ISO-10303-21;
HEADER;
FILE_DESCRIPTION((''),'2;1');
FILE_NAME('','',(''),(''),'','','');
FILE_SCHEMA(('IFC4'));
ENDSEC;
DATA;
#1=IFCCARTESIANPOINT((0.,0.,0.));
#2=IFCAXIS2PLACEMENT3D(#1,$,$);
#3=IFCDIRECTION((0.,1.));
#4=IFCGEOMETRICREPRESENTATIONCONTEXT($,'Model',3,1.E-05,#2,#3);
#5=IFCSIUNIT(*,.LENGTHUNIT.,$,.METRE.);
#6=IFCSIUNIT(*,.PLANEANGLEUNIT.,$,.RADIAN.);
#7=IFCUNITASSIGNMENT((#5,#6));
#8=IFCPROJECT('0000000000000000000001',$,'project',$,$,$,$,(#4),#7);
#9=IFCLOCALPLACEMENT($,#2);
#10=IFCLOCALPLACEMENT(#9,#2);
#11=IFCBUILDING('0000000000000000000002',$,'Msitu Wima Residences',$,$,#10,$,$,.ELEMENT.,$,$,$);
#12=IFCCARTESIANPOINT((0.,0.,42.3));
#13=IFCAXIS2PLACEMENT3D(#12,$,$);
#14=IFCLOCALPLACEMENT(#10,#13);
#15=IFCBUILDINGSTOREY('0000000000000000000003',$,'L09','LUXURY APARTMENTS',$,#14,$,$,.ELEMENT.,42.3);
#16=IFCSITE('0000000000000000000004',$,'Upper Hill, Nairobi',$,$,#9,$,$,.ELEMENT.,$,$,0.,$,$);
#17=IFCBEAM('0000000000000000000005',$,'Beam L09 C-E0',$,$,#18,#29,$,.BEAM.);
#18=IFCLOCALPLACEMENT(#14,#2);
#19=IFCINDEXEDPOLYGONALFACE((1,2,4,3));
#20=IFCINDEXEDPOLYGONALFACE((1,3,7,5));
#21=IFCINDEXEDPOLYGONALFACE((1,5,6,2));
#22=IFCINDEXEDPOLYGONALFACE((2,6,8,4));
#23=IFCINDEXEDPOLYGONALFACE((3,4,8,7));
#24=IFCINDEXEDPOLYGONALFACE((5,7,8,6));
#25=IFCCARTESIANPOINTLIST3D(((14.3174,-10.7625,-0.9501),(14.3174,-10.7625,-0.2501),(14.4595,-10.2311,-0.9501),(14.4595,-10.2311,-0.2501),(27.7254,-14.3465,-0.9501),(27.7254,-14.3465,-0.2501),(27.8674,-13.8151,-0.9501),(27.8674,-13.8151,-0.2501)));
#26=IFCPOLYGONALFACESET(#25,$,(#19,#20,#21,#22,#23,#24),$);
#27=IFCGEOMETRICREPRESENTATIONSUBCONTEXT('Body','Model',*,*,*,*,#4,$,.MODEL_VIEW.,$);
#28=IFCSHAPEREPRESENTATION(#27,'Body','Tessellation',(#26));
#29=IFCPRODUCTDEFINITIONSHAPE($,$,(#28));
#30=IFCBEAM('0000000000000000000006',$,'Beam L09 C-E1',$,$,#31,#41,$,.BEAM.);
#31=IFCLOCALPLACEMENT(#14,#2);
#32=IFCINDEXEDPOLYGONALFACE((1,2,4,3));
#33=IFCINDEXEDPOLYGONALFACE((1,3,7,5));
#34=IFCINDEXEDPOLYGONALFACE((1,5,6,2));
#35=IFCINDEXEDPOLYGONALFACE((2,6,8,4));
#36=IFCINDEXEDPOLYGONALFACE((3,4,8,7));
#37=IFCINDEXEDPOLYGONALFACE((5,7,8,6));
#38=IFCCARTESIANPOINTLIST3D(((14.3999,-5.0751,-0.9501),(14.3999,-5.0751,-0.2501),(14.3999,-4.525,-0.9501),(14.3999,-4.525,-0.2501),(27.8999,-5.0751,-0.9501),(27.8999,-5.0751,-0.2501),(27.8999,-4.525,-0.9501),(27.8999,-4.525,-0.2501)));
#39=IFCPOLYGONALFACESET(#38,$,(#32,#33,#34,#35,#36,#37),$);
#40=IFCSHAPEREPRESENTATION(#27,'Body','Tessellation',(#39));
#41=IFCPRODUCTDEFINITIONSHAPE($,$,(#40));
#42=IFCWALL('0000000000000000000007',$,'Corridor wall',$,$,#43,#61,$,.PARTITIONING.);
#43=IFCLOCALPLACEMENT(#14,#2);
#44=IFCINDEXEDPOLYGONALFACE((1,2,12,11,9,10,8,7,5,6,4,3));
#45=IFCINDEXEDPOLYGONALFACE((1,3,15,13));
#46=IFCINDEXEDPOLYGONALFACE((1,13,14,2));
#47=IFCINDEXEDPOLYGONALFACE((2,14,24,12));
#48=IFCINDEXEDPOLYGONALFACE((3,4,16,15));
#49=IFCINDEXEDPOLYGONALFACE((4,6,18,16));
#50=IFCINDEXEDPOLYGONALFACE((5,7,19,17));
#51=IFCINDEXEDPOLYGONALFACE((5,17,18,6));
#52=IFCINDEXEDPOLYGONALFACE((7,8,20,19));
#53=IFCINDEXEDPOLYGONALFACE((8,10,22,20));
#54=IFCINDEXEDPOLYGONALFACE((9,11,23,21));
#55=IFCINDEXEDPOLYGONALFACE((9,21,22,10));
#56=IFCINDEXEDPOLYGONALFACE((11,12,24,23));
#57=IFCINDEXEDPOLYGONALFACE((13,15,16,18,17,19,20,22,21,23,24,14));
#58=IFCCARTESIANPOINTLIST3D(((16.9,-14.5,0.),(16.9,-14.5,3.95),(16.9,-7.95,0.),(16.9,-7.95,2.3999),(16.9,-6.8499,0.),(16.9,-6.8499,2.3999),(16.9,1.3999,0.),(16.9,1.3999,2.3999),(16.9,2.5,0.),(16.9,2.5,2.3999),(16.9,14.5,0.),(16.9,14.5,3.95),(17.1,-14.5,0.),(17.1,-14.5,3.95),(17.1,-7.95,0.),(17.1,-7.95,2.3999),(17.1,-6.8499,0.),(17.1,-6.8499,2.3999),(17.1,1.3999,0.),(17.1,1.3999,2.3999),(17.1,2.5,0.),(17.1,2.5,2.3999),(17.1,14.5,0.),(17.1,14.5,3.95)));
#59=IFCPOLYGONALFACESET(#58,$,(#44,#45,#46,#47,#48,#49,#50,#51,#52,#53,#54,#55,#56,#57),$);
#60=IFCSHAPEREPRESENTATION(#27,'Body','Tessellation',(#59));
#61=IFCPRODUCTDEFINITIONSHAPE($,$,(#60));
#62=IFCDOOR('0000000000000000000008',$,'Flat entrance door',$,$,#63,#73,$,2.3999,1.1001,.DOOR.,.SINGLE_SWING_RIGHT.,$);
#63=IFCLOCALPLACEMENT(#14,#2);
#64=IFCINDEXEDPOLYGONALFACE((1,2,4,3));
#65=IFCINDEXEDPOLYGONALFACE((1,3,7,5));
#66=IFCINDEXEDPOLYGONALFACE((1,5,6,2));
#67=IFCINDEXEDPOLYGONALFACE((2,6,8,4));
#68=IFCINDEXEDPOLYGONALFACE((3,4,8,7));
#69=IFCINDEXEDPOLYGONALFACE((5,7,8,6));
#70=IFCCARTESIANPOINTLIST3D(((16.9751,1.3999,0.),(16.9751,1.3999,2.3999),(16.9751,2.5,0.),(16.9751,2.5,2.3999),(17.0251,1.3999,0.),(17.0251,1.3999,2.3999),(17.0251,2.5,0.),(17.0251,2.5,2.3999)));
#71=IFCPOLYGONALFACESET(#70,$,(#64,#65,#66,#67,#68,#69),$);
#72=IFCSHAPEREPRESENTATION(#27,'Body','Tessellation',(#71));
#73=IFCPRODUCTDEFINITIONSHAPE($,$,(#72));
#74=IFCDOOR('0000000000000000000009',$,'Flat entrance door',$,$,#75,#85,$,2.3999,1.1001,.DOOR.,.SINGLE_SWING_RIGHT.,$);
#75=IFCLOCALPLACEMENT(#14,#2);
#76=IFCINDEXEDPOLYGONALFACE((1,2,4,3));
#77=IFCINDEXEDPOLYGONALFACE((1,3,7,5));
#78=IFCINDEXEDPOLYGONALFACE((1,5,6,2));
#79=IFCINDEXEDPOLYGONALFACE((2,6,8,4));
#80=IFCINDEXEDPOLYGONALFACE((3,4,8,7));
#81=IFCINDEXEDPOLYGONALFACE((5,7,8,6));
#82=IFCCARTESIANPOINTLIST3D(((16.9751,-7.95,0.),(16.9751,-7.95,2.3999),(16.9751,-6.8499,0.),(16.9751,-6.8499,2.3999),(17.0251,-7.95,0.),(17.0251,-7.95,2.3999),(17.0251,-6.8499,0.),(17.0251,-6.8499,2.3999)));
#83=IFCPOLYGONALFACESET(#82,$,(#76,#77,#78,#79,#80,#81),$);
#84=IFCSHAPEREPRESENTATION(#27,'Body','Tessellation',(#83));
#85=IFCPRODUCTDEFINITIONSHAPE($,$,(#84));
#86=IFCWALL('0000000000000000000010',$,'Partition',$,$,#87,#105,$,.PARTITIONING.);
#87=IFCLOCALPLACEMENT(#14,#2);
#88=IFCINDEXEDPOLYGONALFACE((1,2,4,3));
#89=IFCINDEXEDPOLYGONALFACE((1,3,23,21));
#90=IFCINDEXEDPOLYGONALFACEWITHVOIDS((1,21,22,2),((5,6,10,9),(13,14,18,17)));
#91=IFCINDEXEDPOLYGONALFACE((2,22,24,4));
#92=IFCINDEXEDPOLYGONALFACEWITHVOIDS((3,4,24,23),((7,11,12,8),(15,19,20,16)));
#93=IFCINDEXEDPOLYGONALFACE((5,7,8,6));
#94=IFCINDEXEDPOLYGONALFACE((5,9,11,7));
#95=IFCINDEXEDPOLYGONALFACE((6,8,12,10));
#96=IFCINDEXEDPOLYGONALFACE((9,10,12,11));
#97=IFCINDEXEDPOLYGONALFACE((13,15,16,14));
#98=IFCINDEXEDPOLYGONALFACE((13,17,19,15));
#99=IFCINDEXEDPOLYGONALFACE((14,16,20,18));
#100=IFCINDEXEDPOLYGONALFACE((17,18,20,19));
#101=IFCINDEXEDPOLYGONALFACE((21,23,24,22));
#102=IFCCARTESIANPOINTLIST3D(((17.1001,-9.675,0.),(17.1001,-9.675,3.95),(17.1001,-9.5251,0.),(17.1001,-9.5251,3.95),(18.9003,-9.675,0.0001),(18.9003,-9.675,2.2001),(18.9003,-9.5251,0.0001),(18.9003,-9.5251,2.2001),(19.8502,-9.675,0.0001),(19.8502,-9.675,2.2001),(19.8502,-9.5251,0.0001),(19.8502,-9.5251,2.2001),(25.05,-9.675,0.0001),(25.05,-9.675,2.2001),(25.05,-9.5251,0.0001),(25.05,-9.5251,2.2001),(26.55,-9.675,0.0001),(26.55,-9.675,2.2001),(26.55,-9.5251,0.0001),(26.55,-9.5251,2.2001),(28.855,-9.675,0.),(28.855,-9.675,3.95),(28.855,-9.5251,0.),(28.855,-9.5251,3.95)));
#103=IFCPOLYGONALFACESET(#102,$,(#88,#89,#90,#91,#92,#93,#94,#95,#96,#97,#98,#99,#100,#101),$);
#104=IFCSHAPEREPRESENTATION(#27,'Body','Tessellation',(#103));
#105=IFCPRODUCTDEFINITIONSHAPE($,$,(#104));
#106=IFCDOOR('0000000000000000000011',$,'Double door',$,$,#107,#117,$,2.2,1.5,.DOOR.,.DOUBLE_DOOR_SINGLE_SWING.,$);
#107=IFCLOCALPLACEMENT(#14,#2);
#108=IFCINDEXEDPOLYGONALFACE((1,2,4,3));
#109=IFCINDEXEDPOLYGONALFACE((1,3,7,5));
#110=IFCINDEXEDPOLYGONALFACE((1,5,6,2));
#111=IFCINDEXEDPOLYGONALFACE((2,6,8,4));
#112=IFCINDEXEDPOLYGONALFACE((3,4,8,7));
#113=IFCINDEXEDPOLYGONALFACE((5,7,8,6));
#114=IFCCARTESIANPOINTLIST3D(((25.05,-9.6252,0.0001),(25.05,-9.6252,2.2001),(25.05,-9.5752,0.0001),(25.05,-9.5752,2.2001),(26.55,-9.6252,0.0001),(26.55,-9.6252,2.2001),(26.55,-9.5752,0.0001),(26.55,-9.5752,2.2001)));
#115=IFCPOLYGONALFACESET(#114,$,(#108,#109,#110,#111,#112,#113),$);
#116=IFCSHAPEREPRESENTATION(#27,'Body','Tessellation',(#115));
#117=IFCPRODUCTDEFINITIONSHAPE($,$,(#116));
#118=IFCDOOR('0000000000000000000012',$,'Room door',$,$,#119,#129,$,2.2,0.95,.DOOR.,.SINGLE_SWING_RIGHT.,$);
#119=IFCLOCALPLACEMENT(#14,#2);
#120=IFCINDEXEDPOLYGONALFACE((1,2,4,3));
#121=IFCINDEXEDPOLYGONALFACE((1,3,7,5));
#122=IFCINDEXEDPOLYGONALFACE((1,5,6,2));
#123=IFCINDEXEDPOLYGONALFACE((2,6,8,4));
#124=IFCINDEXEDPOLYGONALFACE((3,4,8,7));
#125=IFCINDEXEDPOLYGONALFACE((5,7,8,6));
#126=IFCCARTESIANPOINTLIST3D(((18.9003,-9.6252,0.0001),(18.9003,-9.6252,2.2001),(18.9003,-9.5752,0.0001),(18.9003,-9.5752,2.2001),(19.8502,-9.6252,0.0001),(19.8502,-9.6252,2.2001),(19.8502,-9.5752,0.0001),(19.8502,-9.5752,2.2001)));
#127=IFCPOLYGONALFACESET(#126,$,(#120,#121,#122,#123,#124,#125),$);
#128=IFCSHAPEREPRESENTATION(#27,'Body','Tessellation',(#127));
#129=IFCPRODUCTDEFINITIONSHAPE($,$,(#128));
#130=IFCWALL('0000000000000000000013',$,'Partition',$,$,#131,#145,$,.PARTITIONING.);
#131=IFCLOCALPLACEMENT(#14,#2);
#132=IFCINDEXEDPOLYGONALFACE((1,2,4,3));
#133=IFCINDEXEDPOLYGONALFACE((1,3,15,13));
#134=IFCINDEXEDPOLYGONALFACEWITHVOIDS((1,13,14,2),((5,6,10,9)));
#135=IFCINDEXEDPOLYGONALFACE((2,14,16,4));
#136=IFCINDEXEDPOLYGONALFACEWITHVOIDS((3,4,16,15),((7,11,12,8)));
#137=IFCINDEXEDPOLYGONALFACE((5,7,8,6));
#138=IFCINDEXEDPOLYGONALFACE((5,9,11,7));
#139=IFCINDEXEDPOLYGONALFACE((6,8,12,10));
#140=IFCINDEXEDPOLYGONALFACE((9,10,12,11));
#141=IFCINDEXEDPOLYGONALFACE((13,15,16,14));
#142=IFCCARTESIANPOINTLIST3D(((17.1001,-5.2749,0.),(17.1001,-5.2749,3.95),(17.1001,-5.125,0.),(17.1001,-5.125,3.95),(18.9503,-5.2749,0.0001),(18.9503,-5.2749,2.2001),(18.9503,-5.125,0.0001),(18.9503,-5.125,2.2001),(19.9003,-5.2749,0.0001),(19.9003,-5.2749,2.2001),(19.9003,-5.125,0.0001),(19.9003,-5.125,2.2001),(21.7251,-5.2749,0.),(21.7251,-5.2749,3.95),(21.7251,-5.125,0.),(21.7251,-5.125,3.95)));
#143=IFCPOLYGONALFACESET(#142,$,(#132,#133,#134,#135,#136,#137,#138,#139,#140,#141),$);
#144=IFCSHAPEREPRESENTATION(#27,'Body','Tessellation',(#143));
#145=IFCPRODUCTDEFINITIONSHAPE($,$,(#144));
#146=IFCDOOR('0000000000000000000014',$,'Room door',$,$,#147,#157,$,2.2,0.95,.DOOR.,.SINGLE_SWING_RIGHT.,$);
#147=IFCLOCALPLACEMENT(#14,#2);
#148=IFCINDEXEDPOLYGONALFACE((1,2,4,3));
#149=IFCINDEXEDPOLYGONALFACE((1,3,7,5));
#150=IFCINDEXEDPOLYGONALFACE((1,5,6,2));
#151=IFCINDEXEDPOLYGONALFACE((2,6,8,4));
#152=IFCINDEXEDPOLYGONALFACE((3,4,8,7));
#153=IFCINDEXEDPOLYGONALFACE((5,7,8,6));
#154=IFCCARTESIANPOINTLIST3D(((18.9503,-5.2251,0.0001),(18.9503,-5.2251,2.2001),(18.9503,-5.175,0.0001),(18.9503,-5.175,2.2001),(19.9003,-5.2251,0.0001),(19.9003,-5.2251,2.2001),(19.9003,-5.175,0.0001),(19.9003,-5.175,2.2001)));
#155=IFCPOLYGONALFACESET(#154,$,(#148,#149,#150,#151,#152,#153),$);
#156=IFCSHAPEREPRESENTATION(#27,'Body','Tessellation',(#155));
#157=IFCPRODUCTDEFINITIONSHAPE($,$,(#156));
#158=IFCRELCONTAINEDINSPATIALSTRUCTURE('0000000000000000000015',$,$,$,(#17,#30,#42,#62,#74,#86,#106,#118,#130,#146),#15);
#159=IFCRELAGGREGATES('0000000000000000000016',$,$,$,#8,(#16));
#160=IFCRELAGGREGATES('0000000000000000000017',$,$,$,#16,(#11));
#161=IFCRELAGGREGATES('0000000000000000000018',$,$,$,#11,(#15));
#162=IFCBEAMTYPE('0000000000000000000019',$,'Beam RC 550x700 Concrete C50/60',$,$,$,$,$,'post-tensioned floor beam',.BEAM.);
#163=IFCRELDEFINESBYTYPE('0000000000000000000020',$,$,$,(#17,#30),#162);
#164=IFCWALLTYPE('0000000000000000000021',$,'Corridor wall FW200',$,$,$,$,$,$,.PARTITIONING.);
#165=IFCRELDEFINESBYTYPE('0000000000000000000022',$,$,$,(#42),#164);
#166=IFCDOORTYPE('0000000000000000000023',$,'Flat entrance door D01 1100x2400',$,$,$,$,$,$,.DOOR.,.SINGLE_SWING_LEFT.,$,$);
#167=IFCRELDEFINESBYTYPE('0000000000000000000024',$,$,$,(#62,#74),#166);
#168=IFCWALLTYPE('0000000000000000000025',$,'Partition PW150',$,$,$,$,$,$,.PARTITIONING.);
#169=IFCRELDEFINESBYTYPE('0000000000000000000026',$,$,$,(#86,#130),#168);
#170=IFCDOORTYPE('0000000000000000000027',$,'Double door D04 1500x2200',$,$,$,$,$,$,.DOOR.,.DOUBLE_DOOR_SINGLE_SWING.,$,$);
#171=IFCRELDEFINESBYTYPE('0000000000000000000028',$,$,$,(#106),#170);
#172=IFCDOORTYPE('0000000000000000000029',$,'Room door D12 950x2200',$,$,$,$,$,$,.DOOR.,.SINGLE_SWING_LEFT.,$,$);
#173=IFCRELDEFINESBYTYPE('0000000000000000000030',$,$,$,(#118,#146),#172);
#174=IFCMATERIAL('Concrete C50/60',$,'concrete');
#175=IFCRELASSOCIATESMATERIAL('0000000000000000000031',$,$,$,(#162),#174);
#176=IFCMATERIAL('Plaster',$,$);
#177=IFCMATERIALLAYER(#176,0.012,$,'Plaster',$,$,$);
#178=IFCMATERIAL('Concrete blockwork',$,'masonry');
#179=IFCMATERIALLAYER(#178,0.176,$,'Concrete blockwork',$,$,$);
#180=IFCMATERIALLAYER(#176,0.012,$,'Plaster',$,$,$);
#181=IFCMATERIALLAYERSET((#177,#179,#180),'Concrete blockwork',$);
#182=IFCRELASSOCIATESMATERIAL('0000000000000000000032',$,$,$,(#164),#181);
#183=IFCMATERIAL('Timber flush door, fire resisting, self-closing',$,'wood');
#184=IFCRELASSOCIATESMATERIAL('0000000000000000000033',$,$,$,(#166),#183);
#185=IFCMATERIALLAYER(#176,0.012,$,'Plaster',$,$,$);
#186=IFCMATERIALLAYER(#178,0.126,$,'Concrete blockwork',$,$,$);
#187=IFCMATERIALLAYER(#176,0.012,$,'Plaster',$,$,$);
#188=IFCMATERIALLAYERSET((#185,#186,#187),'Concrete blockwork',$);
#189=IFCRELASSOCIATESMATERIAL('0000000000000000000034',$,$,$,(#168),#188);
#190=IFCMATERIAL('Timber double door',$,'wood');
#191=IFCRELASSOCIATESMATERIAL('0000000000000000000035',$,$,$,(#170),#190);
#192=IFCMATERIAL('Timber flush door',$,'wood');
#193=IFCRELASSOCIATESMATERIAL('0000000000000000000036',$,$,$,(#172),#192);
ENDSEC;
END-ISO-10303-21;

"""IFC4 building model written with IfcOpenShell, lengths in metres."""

from ifc_helpers import new_model, si_unit, direction, frame, frame_2d, origin, origin_2d, place, context, subcontext, project, spatial, rectangle, extrude, material, layer, layer_set, material_profile, profile_set, type_object, element, fill, save


model = new_model("IFC4")

# Units and contexts
model_context = context("Model", 3, precision=1e-05, world=origin(), true_north=direction((0.0, 1.0)))
body_context = subcontext(model_context, "Body", "Model", "MODEL_VIEW")
ifc_project = project(units=[si_unit("LENGTHUNIT", "METRE"), si_unit("PLANEANGLEUNIT", "RADIAN")], contexts=[model_context])

# Site, building, storey
site_placement = place(None, origin())
site = spatial("IfcSite", under=ifc_project, at=site_placement, Name="Upper Hill, Nairobi", CompositionType="ELEMENT", RefElevation=0.0)
building_placement = place(site_placement, origin())
building = spatial("IfcBuilding", under=site, at=building_placement, Name="Msitu Wima Residences", CompositionType="ELEMENT")
storey_placement = place(building_placement, frame((0.0, 0.0, 42.3)))
storey = spatial("IfcBuildingStorey", under=building, at=storey_placement, Name="L09", Description="LUXURY APARTMENTS", CompositionType="ELEMENT", Elevation=42.3)

# Beams
ifc_material_1 = material(Name="Concrete C50/60", Category="concrete")
ifc_material_profile = material_profile(ifc_material_1, rectangle(XDim=0.55, YDim=0.7, at=origin_2d()), Name="RC 550x700")
ifc_profile_set = profile_set([ifc_material_profile], Name="Concrete C50/60")
beam_type = type_object("IfcBeamType", Name="Beam RC 550x700 Concrete C50/60", ElementType="post-tensioned floor beam", PredefinedType="BEAM", material=ifc_profile_set)
beam_1_placement = place(storey_placement, frame((27.7964, -14.0808, -0.6001), z_axis=(-0.966082, 0.258236, 0.0), x_axis=(-0.258236, -0.966082, 0.0)))
element("IfcBeam", 1, at=beam_1_placement, inside=storey, type_object=beam_type, Name="Beam L09 C-E0", PredefinedType="BEAM", context=body_context, shape_type="SweptSolid", body=[
    extrude(rectangle(XDim=0.55, YDim=0.7, at=origin_2d()), origin(), (0.0, 0.0, 1.0), 13.8787),
])
beam_2_placement = place(storey_placement, frame((27.8999, -4.8, -0.6001), z_axis=(-1.0, 0.0, 0.0), x_axis=(0.0, -1.0, 0.0)))
element("IfcBeam", 2, at=beam_2_placement, inside=storey, type_object=beam_type, Name="Beam L09 C-E1", PredefinedType="BEAM", context=body_context, shape_type="SweptSolid", body=[
    extrude(rectangle(XDim=0.55, YDim=0.7, at=origin_2d()), origin(), (0.0, 0.0, 1.0), 13.5),
])

# Walls, openings, doors
ifc_material_2 = material(Name="Plaster")
ifc_layer_1 = layer(ifc_material_2, 0.012, Name="Plaster")
ifc_material_3 = material(Name="Concrete blockwork", Category="masonry")
ifc_layer_2 = layer(ifc_material_3, 0.176, Name="Concrete blockwork")
ifc_layer_3 = layer(ifc_material_2, 0.012, Name="Plaster")
ifc_layer_set_1 = layer_set([ifc_layer_1, ifc_layer_2, ifc_layer_3], Name="Concrete blockwork")
wall_type_1 = type_object("IfcWallType", Name="Corridor wall FW200", PredefinedType="PARTITIONING", material=ifc_layer_set_1)
wall_1_placement = place(storey_placement, frame((17.0, -14.5, 0.0), z_axis=(0.0, 0.0, 1.0), x_axis=(0.0, 1.0, 0.0)))
wall_1 = element("IfcWall", 3, at=wall_1_placement, inside=storey, type_object=wall_type_1, Name="Corridor wall", PredefinedType="PARTITIONING", context=body_context, shape_type="SweptSolid", body=[
    extrude(rectangle(XDim=29.0, YDim=0.2, at=frame_2d((14.5, 0.0))), origin(), (0.0, 0.0, 1.0), 3.95),
])
opening_1_placement = place(wall_1_placement, frame((15.8999, 0.0, 0.0)))
opening_1 = element("IfcOpeningElement", 4, at=opening_1_placement, cuts=wall_1, PredefinedType="OPENING", context=body_context, shape_type="SweptSolid", body=[
    extrude(rectangle(XDim=1.1001, YDim=2.3999, at=frame_2d((0.55, 1.2))), frame((0.0, 0.1099, 0.0), z_axis=(0.0, -1.0, 0.0), x_axis=(1.0, 0.0, 0.0)), (0.0, 0.0, 1.0), 0.22),
])
opening_2_placement = place(wall_1_placement, frame((6.55, 0.0, 0.0)))
opening_2 = element("IfcOpeningElement", 5, at=opening_2_placement, cuts=wall_1, PredefinedType="OPENING", context=body_context, shape_type="SweptSolid", body=[
    extrude(rectangle(XDim=1.1001, YDim=2.3999, at=frame_2d((0.55, 1.2))), frame((0.0, 0.1099, 0.0), z_axis=(0.0, -1.0, 0.0), x_axis=(1.0, 0.0, 0.0)), (0.0, 0.0, 1.0), 0.22),
])
ifc_material_4 = material(Name="Timber flush door, fire resisting, self-closing", Category="wood")
door_type_1 = type_object("IfcDoorType", Name="Flat entrance door D01 1100x2400", OperationType="SINGLE_SWING_LEFT", PredefinedType="DOOR", material=ifc_material_4)
door_1_placement = place(opening_1_placement, origin())
door_1 = element("IfcDoor", 6, at=door_1_placement, inside=storey, type_object=door_type_1, Name="Flat entrance door", OperationType="SINGLE_SWING_RIGHT", OverallHeight=2.3999, OverallWidth=1.1001, PredefinedType="DOOR", context=body_context, shape_type="SweptSolid", body=[
    extrude(rectangle(XDim=1.1001, YDim=2.3999, at=frame_2d((0.55, 1.2))), frame((0.0, 0.0249, 0.0), z_axis=(0.0, -1.0, 0.0), x_axis=(1.0, 0.0, 0.0)), (0.0, 0.0, 1.0), 0.05),
])
fill(opening_1, door_1)
door_2_placement = place(opening_2_placement, origin())
door_2 = element("IfcDoor", 7, at=door_2_placement, inside=storey, type_object=door_type_1, Name="Flat entrance door", OperationType="SINGLE_SWING_RIGHT", OverallHeight=2.3999, OverallWidth=1.1001, PredefinedType="DOOR", context=body_context, shape_type="SweptSolid", body=[
    extrude(rectangle(XDim=1.1001, YDim=2.3999, at=frame_2d((0.55, 1.2))), frame((0.0, 0.0249, 0.0), z_axis=(0.0, -1.0, 0.0), x_axis=(1.0, 0.0, 0.0)), (0.0, 0.0, 1.0), 0.05),
])
fill(opening_2, door_2)
ifc_layer_4 = layer(ifc_material_2, 0.012, Name="Plaster")
ifc_layer_5 = layer(ifc_material_3, 0.126, Name="Concrete blockwork")
ifc_layer_6 = layer(ifc_material_2, 0.012, Name="Plaster")
ifc_layer_set_2 = layer_set([ifc_layer_4, ifc_layer_5, ifc_layer_6], Name="Concrete blockwork")
wall_type_2 = type_object("IfcWallType", Name="Partition PW150", PredefinedType="PARTITIONING", material=ifc_layer_set_2)
wall_2_placement = place(storey_placement, frame((17.1001, -9.6001, 0.0), z_axis=(0.0, 0.0, 1.0), x_axis=(1.0, 0.0, 0.0)))
wall_2 = element("IfcWall", 8, at=wall_2_placement, inside=storey, type_object=wall_type_2, Name="Partition", PredefinedType="PARTITIONING", context=body_context, shape_type="SweptSolid", body=[
    extrude(rectangle(XDim=11.7549, YDim=0.1499, at=frame_2d((5.8774, 0.0))), origin(), (0.0, 0.0, 1.0), 3.95),
])
opening_3_placement = place(wall_2_placement, frame((1.8, 0.0, 0.0)))
opening_3 = element("IfcOpeningElement", 9, at=opening_3_placement, cuts=wall_2, PredefinedType="OPENING", context=body_context, shape_type="SweptSolid", body=[
    extrude(rectangle(XDim=0.95, YDim=2.2, at=frame_2d((0.4751, 1.1001))), frame((0.0, 0.085, 0.0), z_axis=(0.0, -1.0, 0.0), x_axis=(1.0, 0.0, 0.0)), (0.0, 0.0, 1.0), 0.1699),
])
opening_4_placement = place(wall_2_placement, frame((7.95, 0.0, 0.0)))
opening_4 = element("IfcOpeningElement", 10, at=opening_4_placement, cuts=wall_2, PredefinedType="OPENING", context=body_context, shape_type="SweptSolid", body=[
    extrude(rectangle(XDim=1.5, YDim=2.2, at=frame_2d((0.75, 1.1001))), frame((0.0, 0.085, 0.0), z_axis=(0.0, -1.0, 0.0), x_axis=(1.0, 0.0, 0.0)), (0.0, 0.0, 1.0), 0.1699),
])
ifc_material_5 = material(Name="Timber double door", Category="wood")
door_type_2 = type_object("IfcDoorType", Name="Double door D04 1500x2200", OperationType="DOUBLE_DOOR_SINGLE_SWING", PredefinedType="DOOR", material=ifc_material_5)
door_3_placement = place(opening_4_placement, origin())
door_3 = element("IfcDoor", 11, at=door_3_placement, inside=storey, type_object=door_type_2, Name="Double door", OperationType="DOUBLE_DOOR_SINGLE_SWING", OverallHeight=2.2, OverallWidth=1.5, PredefinedType="DOOR", context=body_context, shape_type="SweptSolid", body=[
    extrude(rectangle(XDim=1.5, YDim=2.2, at=frame_2d((0.75, 1.1001))), frame((0.0, 0.0249, 0.0), z_axis=(0.0, -1.0, 0.0), x_axis=(1.0, 0.0, 0.0)), (0.0, 0.0, 1.0), 0.05),
])
fill(opening_4, door_3)
ifc_material_6 = material(Name="Timber flush door", Category="wood")
door_type_3 = type_object("IfcDoorType", Name="Room door D12 950x2200", OperationType="SINGLE_SWING_LEFT", PredefinedType="DOOR", material=ifc_material_6)
door_4_placement = place(opening_3_placement, origin())
door_4 = element("IfcDoor", 12, at=door_4_placement, inside=storey, type_object=door_type_3, Name="Room door", OperationType="SINGLE_SWING_RIGHT", OverallHeight=2.2, OverallWidth=0.95, PredefinedType="DOOR", context=body_context, shape_type="SweptSolid", body=[
    extrude(rectangle(XDim=0.95, YDim=2.2, at=frame_2d((0.4751, 1.1001))), frame((0.0, 0.0249, 0.0), z_axis=(0.0, -1.0, 0.0), x_axis=(1.0, 0.0, 0.0)), (0.0, 0.0, 1.0), 0.05),
])
fill(opening_3, door_4)

# Wall, opening, door
wall_3_placement = place(storey_placement, frame((17.1001, -5.2, 0.0), z_axis=(0.0, 0.0, 1.0), x_axis=(1.0, 0.0, 0.0)))
wall_3 = element("IfcWall", 13, at=wall_3_placement, inside=storey, type_object=wall_type_2, Name="Partition", PredefinedType="PARTITIONING", context=body_context, shape_type="SweptSolid", body=[
    extrude(rectangle(XDim=4.625, YDim=0.1499, at=frame_2d((2.3125, 0.0))), origin(), (0.0, 0.0, 1.0), 3.95),
])
opening_5_placement = place(wall_3_placement, frame((1.8501, 0.0, 0.0)))
opening_5 = element("IfcOpeningElement", 14, at=opening_5_placement, cuts=wall_3, PredefinedType="OPENING", context=body_context, shape_type="SweptSolid", body=[
    extrude(rectangle(XDim=0.95, YDim=2.2, at=frame_2d((0.4751, 1.1001))), frame((0.0, 0.085, 0.0), z_axis=(0.0, -1.0, 0.0), x_axis=(1.0, 0.0, 0.0)), (0.0, 0.0, 1.0), 0.1699),
])
door_5_placement = place(opening_5_placement, origin())
door_5 = element("IfcDoor", 15, at=door_5_placement, inside=storey, type_object=door_type_3, Name="Room door", OperationType="SINGLE_SWING_RIGHT", OverallHeight=2.2, OverallWidth=0.95, PredefinedType="DOOR", context=body_context, shape_type="SweptSolid", body=[
    extrude(rectangle(XDim=0.95, YDim=2.2, at=frame_2d((0.4751, 1.1001))), frame((0.0, 0.0249, 0.0), z_axis=(0.0, -1.0, 0.0), x_axis=(1.0, 0.0, 0.0)), (0.0, 0.0, 1.0), 0.05),
])
fill(opening_5, door_5)

save(model, "model.ifc")
